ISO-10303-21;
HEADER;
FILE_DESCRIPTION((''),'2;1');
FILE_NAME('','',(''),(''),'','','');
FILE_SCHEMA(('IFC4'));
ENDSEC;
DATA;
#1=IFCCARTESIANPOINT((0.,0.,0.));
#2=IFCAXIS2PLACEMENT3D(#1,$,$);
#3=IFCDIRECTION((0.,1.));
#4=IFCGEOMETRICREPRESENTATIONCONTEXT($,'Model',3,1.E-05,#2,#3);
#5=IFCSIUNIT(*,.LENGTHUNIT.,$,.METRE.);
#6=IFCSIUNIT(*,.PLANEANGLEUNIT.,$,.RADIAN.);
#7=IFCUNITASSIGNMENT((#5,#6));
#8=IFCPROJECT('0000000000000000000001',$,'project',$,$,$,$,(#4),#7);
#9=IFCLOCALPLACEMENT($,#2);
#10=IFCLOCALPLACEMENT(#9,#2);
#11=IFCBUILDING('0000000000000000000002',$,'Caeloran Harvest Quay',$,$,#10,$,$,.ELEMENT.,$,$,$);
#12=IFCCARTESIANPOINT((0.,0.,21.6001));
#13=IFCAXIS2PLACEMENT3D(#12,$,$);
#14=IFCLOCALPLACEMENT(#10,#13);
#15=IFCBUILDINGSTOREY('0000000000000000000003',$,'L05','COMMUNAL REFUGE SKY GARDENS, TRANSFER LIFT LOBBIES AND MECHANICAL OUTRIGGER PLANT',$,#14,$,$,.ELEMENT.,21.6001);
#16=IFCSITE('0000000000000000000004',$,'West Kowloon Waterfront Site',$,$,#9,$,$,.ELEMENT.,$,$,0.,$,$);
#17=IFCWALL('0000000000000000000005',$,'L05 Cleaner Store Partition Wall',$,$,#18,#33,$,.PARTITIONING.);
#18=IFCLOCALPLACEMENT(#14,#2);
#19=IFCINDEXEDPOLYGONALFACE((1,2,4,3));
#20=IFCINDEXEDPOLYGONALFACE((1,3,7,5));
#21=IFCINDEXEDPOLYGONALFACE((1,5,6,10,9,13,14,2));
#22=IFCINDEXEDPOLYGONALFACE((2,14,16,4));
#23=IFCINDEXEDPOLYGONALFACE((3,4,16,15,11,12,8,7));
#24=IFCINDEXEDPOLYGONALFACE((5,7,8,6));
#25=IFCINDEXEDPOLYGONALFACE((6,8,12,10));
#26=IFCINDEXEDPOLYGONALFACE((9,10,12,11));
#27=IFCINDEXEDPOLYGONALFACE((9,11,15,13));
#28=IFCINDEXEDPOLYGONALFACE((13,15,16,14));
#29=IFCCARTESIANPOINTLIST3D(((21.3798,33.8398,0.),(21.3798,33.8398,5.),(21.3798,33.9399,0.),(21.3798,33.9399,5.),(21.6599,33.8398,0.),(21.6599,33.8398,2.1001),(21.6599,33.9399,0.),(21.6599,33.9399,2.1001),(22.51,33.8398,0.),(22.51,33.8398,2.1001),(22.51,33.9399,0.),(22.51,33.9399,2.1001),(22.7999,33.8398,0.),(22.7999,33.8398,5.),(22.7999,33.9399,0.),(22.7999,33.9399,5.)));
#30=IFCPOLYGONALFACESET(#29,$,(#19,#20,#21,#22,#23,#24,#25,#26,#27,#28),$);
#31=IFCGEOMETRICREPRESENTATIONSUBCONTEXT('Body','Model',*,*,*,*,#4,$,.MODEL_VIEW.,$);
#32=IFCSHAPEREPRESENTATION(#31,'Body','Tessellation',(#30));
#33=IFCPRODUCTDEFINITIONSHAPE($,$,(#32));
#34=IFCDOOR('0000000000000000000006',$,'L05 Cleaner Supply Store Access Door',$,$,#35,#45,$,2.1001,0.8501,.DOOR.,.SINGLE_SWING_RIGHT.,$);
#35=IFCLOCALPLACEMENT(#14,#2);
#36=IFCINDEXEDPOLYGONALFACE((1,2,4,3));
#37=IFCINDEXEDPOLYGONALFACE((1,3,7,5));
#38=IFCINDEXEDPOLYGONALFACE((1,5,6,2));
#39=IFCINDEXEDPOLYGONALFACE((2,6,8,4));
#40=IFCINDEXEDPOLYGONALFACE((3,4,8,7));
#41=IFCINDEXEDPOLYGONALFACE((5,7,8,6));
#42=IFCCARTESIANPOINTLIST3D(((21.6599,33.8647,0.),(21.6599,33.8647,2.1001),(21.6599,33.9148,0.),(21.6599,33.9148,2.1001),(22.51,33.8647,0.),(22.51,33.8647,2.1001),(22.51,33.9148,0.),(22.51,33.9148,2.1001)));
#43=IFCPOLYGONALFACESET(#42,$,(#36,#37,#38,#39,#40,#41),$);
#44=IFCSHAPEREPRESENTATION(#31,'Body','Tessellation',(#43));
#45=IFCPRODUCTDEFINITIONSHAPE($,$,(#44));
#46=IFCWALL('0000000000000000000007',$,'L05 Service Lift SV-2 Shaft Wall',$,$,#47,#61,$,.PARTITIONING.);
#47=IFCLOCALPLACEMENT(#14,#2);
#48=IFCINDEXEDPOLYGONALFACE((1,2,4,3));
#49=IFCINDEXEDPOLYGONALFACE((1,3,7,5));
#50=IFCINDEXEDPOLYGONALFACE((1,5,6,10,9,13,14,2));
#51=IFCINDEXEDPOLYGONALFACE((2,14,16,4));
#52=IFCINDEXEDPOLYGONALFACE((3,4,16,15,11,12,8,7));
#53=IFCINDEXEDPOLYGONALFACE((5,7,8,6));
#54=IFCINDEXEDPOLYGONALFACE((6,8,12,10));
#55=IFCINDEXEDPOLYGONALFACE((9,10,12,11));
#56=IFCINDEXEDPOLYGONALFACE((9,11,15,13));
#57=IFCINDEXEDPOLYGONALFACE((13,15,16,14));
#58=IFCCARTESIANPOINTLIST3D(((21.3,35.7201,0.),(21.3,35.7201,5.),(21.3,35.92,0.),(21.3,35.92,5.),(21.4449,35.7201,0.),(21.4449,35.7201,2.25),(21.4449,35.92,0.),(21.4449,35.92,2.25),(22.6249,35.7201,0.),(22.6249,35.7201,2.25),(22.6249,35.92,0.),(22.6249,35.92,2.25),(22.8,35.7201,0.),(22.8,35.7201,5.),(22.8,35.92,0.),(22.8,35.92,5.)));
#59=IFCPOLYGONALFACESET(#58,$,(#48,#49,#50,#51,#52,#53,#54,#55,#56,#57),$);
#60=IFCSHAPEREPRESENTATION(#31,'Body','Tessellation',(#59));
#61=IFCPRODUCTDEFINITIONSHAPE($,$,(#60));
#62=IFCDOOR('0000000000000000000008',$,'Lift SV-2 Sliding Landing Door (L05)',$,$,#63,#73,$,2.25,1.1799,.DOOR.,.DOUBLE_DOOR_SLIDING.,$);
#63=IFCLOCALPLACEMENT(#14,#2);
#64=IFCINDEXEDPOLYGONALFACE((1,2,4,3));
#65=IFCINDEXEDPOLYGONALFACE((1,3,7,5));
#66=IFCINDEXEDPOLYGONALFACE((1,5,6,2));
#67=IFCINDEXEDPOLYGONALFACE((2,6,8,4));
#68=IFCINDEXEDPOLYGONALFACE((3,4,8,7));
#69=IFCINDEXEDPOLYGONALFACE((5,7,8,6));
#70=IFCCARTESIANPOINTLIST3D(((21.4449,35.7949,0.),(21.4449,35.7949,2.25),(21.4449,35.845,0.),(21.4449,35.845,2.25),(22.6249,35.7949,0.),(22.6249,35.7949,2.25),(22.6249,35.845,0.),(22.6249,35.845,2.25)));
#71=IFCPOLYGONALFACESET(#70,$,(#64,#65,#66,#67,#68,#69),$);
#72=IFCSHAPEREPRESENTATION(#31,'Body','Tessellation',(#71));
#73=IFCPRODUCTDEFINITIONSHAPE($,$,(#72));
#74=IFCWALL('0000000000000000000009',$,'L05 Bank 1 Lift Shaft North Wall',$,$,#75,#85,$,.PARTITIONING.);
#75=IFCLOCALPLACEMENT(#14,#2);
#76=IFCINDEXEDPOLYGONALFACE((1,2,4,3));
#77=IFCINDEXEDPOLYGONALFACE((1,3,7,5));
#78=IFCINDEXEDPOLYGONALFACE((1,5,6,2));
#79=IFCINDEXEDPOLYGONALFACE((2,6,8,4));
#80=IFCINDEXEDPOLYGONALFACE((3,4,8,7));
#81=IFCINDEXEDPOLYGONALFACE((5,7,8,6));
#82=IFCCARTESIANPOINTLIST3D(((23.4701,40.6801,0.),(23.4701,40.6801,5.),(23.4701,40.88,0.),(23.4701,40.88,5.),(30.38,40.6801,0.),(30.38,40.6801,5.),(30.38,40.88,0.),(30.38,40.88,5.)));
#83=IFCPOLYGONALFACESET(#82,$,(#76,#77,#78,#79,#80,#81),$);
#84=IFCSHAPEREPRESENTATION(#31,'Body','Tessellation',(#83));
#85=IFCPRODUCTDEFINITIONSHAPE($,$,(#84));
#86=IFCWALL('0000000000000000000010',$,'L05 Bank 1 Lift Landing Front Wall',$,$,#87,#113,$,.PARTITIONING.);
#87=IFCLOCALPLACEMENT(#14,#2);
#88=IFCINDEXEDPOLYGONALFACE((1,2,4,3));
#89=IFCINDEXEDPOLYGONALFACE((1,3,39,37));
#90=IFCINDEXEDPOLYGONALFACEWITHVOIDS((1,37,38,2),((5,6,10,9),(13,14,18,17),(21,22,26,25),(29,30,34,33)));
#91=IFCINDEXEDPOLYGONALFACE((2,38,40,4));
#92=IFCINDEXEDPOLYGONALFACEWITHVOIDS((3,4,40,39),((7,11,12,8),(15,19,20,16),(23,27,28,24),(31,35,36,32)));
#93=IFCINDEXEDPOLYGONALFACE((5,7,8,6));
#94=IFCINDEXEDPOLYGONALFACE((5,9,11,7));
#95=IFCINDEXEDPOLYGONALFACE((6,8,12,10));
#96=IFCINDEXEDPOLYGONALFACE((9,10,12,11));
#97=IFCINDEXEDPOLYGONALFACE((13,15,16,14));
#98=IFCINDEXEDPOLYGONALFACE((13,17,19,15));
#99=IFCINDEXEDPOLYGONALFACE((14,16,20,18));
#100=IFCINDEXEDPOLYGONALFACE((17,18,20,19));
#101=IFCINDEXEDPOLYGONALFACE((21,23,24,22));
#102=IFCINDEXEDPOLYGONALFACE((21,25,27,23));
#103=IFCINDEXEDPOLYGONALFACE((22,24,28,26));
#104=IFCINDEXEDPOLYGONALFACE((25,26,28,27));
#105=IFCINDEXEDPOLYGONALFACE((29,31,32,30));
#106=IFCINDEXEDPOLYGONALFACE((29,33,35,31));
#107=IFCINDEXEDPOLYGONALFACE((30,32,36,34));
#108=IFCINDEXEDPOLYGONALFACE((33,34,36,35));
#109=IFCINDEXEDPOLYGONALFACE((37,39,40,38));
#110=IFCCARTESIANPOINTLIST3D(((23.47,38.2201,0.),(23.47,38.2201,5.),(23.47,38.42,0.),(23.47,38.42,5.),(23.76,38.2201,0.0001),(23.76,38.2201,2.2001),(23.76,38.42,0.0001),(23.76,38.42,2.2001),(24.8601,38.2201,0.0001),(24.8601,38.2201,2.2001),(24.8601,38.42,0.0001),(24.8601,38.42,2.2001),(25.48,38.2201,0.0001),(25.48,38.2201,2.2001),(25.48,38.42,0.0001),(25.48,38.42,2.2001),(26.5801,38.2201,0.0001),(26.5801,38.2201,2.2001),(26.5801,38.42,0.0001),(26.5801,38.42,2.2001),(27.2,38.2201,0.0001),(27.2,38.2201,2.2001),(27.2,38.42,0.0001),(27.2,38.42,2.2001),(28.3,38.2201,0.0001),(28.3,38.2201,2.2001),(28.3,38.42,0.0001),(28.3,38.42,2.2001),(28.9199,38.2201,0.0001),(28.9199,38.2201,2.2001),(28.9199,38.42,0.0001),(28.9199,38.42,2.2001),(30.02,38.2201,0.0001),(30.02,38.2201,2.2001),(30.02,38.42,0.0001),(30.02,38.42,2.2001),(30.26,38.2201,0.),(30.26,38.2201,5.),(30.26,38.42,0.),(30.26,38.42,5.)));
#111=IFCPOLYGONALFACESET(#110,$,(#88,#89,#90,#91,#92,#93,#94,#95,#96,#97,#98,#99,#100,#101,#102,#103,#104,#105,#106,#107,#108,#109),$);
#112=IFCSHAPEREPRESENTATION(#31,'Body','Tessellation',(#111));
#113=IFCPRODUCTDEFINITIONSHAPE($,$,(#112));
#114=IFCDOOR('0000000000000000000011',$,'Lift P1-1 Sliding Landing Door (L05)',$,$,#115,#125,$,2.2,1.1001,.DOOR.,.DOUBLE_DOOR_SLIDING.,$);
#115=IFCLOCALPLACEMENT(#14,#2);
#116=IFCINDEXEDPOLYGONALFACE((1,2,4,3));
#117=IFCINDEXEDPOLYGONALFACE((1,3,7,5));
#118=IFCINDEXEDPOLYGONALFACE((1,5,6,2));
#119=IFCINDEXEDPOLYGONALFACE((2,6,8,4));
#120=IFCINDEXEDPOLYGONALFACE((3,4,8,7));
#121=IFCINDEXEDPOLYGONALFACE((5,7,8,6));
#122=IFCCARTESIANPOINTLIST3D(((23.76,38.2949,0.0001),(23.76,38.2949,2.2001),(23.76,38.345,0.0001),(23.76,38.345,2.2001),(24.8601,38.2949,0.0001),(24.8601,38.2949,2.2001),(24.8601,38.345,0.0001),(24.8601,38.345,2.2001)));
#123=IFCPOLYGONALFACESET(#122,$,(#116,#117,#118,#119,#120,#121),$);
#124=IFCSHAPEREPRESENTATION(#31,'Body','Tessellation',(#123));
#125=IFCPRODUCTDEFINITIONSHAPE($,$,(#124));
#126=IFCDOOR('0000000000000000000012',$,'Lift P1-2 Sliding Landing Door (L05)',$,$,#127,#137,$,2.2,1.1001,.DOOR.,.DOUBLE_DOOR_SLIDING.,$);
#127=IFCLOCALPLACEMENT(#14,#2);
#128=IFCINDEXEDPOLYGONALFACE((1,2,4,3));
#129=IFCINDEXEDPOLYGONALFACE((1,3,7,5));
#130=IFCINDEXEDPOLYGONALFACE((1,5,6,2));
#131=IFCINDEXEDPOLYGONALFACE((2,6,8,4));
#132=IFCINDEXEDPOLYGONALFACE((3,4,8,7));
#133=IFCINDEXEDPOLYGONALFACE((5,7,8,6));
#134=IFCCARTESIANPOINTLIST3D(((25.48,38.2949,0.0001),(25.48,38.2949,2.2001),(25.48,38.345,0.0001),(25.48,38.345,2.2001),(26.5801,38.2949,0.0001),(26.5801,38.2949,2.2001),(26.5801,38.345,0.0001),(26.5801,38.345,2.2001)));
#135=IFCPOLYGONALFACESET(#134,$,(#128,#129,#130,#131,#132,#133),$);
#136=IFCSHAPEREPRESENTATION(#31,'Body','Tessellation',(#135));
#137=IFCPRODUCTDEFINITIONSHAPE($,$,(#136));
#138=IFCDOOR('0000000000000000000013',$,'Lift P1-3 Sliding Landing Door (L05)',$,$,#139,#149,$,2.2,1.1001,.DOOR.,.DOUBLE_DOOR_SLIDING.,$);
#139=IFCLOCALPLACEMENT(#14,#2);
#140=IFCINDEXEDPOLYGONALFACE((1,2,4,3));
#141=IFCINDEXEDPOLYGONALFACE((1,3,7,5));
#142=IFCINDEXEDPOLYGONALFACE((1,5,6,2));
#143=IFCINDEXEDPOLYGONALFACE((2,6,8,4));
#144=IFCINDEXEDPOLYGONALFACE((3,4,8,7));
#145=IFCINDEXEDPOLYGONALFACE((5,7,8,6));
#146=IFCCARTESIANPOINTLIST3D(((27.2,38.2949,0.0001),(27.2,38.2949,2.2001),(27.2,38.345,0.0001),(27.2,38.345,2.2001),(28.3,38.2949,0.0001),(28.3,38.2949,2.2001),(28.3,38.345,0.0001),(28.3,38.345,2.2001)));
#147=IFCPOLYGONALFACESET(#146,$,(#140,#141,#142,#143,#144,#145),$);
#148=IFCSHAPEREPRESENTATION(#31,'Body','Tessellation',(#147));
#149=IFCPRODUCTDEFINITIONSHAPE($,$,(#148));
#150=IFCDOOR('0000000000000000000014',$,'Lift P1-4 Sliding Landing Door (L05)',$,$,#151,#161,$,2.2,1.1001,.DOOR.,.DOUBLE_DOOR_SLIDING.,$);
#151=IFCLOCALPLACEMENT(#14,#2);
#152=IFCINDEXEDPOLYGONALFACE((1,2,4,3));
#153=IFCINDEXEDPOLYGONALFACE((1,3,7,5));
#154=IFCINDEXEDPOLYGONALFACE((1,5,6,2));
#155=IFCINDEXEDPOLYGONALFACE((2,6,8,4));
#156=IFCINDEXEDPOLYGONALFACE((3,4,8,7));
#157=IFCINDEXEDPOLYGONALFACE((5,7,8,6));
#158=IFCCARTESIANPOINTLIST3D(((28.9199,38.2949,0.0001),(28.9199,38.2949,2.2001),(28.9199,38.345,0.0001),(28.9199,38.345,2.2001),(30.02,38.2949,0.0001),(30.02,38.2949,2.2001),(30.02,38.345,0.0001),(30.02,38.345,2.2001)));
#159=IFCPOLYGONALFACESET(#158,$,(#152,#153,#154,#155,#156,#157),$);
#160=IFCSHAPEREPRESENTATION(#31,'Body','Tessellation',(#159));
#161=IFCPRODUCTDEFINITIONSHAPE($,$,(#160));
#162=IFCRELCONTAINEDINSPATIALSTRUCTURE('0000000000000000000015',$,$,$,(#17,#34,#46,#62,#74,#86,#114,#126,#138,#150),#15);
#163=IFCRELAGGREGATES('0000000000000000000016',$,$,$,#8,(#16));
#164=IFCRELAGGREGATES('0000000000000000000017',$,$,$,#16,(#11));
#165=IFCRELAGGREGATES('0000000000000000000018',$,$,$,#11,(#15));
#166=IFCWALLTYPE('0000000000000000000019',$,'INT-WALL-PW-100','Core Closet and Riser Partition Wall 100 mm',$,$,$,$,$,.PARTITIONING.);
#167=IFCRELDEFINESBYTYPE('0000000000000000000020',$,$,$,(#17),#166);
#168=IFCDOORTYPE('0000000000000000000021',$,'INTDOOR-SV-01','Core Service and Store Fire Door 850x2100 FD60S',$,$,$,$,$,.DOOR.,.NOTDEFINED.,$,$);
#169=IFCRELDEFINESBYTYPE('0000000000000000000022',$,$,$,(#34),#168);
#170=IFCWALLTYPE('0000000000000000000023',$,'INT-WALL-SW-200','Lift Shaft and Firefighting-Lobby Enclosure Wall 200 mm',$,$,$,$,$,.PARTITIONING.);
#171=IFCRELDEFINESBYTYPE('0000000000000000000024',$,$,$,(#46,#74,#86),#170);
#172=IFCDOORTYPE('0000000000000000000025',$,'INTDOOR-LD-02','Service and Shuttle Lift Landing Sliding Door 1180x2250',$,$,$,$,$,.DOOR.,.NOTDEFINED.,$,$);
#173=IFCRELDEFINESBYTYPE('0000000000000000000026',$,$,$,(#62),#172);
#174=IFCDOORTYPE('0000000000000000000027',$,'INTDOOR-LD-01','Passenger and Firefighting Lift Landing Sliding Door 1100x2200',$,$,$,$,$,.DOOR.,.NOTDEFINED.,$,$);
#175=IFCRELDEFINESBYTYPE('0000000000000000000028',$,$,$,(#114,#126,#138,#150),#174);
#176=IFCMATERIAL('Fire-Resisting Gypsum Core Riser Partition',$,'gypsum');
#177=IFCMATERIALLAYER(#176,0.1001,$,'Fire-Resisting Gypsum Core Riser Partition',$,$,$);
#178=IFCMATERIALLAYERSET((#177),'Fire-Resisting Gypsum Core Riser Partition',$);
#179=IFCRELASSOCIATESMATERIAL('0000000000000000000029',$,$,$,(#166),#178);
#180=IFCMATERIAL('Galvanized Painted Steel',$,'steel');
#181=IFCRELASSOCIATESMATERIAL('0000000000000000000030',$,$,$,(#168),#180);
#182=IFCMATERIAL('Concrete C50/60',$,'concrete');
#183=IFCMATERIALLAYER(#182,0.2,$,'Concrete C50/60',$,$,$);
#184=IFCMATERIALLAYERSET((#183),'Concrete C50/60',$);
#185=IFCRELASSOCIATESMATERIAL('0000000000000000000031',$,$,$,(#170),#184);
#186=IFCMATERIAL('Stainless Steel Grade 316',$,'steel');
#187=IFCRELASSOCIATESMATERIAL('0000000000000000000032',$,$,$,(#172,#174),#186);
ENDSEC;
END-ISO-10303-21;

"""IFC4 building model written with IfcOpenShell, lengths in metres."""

from ifc_helpers import new_model, si_unit, direction, frame, frame_2d, origin, place, context, subcontext, project, spatial, rectangle, extrude, material, layer, layer_set, type_object, element, fill, save


model = new_model("IFC4")

# Units and contexts
model_context = context("Model", 3, precision=1e-05, world=origin(), true_north=direction((0.0, 1.0)))
body_context = subcontext(model_context, "Body", "Model", "MODEL_VIEW")
ifc_project = project(units=[si_unit("LENGTHUNIT", "METRE"), si_unit("PLANEANGLEUNIT", "RADIAN")], contexts=[model_context])

# Site, building, storey
site_placement = place(None, origin())
site = spatial("IfcSite", under=ifc_project, at=site_placement, Name="West Kowloon Waterfront Site", CompositionType="ELEMENT", RefElevation=0.0)
building_placement = place(site_placement, origin())
building = spatial("IfcBuilding", under=site, at=building_placement, Name="Caeloran Harvest Quay", CompositionType="ELEMENT")
storey_placement = place(building_placement, frame((0.0, 0.0, 21.6001)))
storey = spatial("IfcBuildingStorey", under=building, at=storey_placement, Name="L05", Description="COMMUNAL REFUGE SKY GARDENS, TRANSFER LIFT LOBBIES AND MECHANICAL OUTRIGGER PLANT", CompositionType="ELEMENT", Elevation=21.6001)

# Walls, openings, doors
ifc_material_1 = material(Name="Fire-Resisting Gypsum Core Riser Partition", Category="gypsum")
ifc_layer_1 = layer(ifc_material_1, 0.1001, Name="Fire-Resisting Gypsum Core Riser Partition")
ifc_layer_set_1 = layer_set([ifc_layer_1], Name="Fire-Resisting Gypsum Core Riser Partition")
wall_type_1 = type_object("IfcWallType", Name="INT-WALL-PW-100", Description="Core Closet and Riser Partition Wall 100 mm", PredefinedType="PARTITIONING", material=ifc_layer_set_1)
wall_1_placement = place(storey_placement, frame((21.3799, 33.8899, 0.0), z_axis=(0.0, 0.0, 1.0), x_axis=(1.0, 0.0, 0.0)))
wall_1 = element("IfcWall", 1, at=wall_1_placement, inside=storey, type_object=wall_type_1, Name="L05 Cleaner Store Partition Wall", PredefinedType="PARTITIONING", context=body_context, shape_type="SweptSolid", body=[
    extrude(rectangle(XDim=1.4202, YDim=0.1001, at=frame_2d((0.71, 0.0))), origin(), (0.0, 0.0, 1.0), 5.0),
])
opening_1_placement = place(wall_1_placement, frame((0.28, 0.0, 0.0)))
opening_1 = element("IfcOpeningElement", 2, at=opening_1_placement, cuts=wall_1, PredefinedType="OPENING", context=body_context, shape_type="SweptSolid", body=[
    extrude(rectangle(XDim=0.8501, YDim=2.1001, at=frame_2d((0.425, 1.05))), frame((0.0, 0.0601, 0.0), z_axis=(0.0, -1.0, 0.0), x_axis=(1.0, 0.0, 0.0)), (0.0, 0.0, 1.0), 0.1201),
])
ifc_material_2 = material(Name="Galvanized Painted Steel", Category="steel")
door_type_1 = type_object("IfcDoorType", Name="INTDOOR-SV-01", Description="Core Service and Store Fire Door 850x2100 FD60S", OperationType="NOTDEFINED", PredefinedType="DOOR", material=ifc_material_2)
door_1_placement = place(opening_1_placement, origin())
door_1 = element("IfcDoor", 3, at=door_1_placement, inside=storey, type_object=door_type_1, Name="L05 Cleaner Supply Store Access Door", OperationType="SINGLE_SWING_RIGHT", OverallHeight=2.1001, OverallWidth=0.8501, PredefinedType="DOOR", context=body_context, shape_type="SweptSolid", body=[
    extrude(rectangle(XDim=0.8501, YDim=2.1001, at=frame_2d((0.425, 1.05))), frame((0.0, 0.0249, 0.0), z_axis=(0.0, -1.0, 0.0), x_axis=(1.0, 0.0, 0.0)), (0.0, 0.0, 1.0), 0.05),
])
fill(opening_1, door_1)
ifc_material_3 = material(Name="Concrete C50/60", Category="concrete")
ifc_layer_2 = layer(ifc_material_3, 0.2, Name="Concrete C50/60")
ifc_layer_set_2 = layer_set([ifc_layer_2], Name="Concrete C50/60")
wall_type_2 = type_object("IfcWallType", Name="INT-WALL-SW-200", Description="Lift Shaft and Firefighting-Lobby Enclosure Wall 200 mm", PredefinedType="PARTITIONING", material=ifc_layer_set_2)
wall_2_placement = place(storey_placement, frame((21.3, 35.8201, 0.0), z_axis=(0.0, 0.0, 1.0), x_axis=(1.0, 0.0, 0.0)))
wall_2 = element("IfcWall", 4, at=wall_2_placement, inside=storey, type_object=wall_type_2, Name="L05 Service Lift SV-2 Shaft Wall", PredefinedType="PARTITIONING", context=body_context, shape_type="SweptSolid", body=[
    extrude(rectangle(XDim=1.5, YDim=0.2, at=frame_2d((0.75, 0.0))), origin(), (0.0, 0.0, 1.0), 5.0),
])
opening_2_placement = place(wall_2_placement, frame((0.145, 0.0, 0.0)))
opening_2 = element("IfcOpeningElement", 5, at=opening_2_placement, cuts=wall_2, PredefinedType="OPENING", context=body_context, shape_type="SweptSolid", body=[
    extrude(rectangle(XDim=1.1799, YDim=2.25, at=frame_2d((0.5898, 1.125))), frame((0.0, 0.1099, 0.0), z_axis=(0.0, -1.0, 0.0), x_axis=(1.0, 0.0, 0.0)), (0.0, 0.0, 1.0), 0.22),
])
ifc_material_4 = material(Name="Stainless Steel Grade 316", Category="steel")
door_type_2 = type_object("IfcDoorType", Name="INTDOOR-LD-02", Description="Service and Shuttle Lift Landing Sliding Door 1180x2250", OperationType="NOTDEFINED", PredefinedType="DOOR", material=ifc_material_4)
door_2_placement = place(opening_2_placement, origin())
door_2 = element("IfcDoor", 6, at=door_2_placement, inside=storey, type_object=door_type_2, Name="Lift SV-2 Sliding Landing Door (L05)", OperationType="DOUBLE_DOOR_SLIDING", OverallHeight=2.25, OverallWidth=1.1799, PredefinedType="DOOR", context=body_context, shape_type="SweptSolid", body=[
    extrude(rectangle(XDim=1.1799, YDim=2.25, at=frame_2d((0.5898, 1.125))), frame((0.0, 0.0249, 0.0), z_axis=(0.0, -1.0, 0.0), x_axis=(1.0, 0.0, 0.0)), (0.0, 0.0, 1.0), 0.05),
])
fill(opening_2, door_2)

# Wall
wall_3_placement = place(storey_placement, frame((23.47, 40.78, 0.0), z_axis=(0.0, 0.0, 1.0), x_axis=(1.0, 0.0, 0.0)))
element("IfcWall", 7, at=wall_3_placement, inside=storey, type_object=wall_type_2, Name="L05 Bank 1 Lift Shaft North Wall", PredefinedType="PARTITIONING", context=body_context, shape_type="SweptSolid", body=[
    extrude(rectangle(XDim=6.9099, YDim=0.2, at=frame_2d((3.4551, 0.0))), origin(), (0.0, 0.0, 1.0), 5.0),
])

# Wall, openings, doors
wall_4_placement = place(storey_placement, frame((23.47, 38.3201, 0.0), z_axis=(0.0, 0.0, 1.0), x_axis=(1.0, 0.0, 0.0)))
wall_4 = element("IfcWall", 8, at=wall_4_placement, inside=storey, type_object=wall_type_2, Name="L05 Bank 1 Lift Landing Front Wall", PredefinedType="PARTITIONING", context=body_context, shape_type="SweptSolid", body=[
    extrude(rectangle(XDim=6.79, YDim=0.2, at=frame_2d((3.395, 0.0))), origin(), (0.0, 0.0, 1.0), 5.0),
])
opening_3_placement = place(wall_4_placement, frame((0.29, 0.0, 0.0)))
opening_3 = element("IfcOpeningElement", 9, at=opening_3_placement, cuts=wall_4, PredefinedType="OPENING", context=body_context, shape_type="SweptSolid", body=[
    extrude(rectangle(XDim=1.1001, YDim=2.2, at=frame_2d((0.55, 1.1001))), frame((0.0, 0.1099, 0.0), z_axis=(0.0, -1.0, 0.0), x_axis=(1.0, 0.0, 0.0)), (0.0, 0.0, 1.0), 0.22),
])
opening_4_placement = place(wall_4_placement, frame((2.01, 0.0, 0.0)))
opening_4 = element("IfcOpeningElement", 10, at=opening_4_placement, cuts=wall_4, PredefinedType="OPENING", context=body_context, shape_type="SweptSolid", body=[
    extrude(rectangle(XDim=1.1001, YDim=2.2, at=frame_2d((0.55, 1.1001))), frame((0.0, 0.1099, 0.0), z_axis=(0.0, -1.0, 0.0), x_axis=(1.0, 0.0, 0.0)), (0.0, 0.0, 1.0), 0.22),
])
opening_5_placement = place(wall_4_placement, frame((3.73, 0.0, 0.0)))
opening_5 = element("IfcOpeningElement", 11, at=opening_5_placement, cuts=wall_4, PredefinedType="OPENING", context=body_context, shape_type="SweptSolid", body=[
    extrude(rectangle(XDim=1.1001, YDim=2.2, at=frame_2d((0.55, 1.1001))), frame((0.0, 0.1099, 0.0), z_axis=(0.0, -1.0, 0.0), x_axis=(1.0, 0.0, 0.0)), (0.0, 0.0, 1.0), 0.22),
])
opening_6_placement = place(wall_4_placement, frame((5.45, 0.0, 0.0)))
opening_6 = element("IfcOpeningElement", 12, at=opening_6_placement, cuts=wall_4, PredefinedType="OPENING", context=body_context, shape_type="SweptSolid", body=[
    extrude(rectangle(XDim=1.1001, YDim=2.2, at=frame_2d((0.55, 1.1001))), frame((0.0, 0.1099, 0.0), z_axis=(0.0, -1.0, 0.0), x_axis=(1.0, 0.0, 0.0)), (0.0, 0.0, 1.0), 0.22),
])
door_type_3 = type_object("IfcDoorType", Name="INTDOOR-LD-01", Description="Passenger and Firefighting Lift Landing Sliding Door 1100x2200", OperationType="NOTDEFINED", PredefinedType="DOOR", material=ifc_material_4)
door_3_placement = place(opening_3_placement, origin())
door_3 = element("IfcDoor", 13, at=door_3_placement, inside=storey, type_object=door_type_3, Name="Lift P1-1 Sliding Landing Door (L05)", OperationType="DOUBLE_DOOR_SLIDING", OverallHeight=2.2, OverallWidth=1.1001, PredefinedType="DOOR", context=body_context, shape_type="SweptSolid", body=[
    extrude(rectangle(XDim=1.1001, YDim=2.2, at=frame_2d((0.55, 1.1001))), frame((0.0, 0.0249, 0.0), z_axis=(0.0, -1.0, 0.0), x_axis=(1.0, 0.0, 0.0)), (0.0, 0.0, 1.0), 0.05),
])
fill(opening_3, door_3)
door_4_placement = place(opening_4_placement, origin())
door_4 = element("IfcDoor", 14, at=door_4_placement, inside=storey, type_object=door_type_3, Name="Lift P1-2 Sliding Landing Door (L05)", OperationType="DOUBLE_DOOR_SLIDING", OverallHeight=2.2, OverallWidth=1.1001, PredefinedType="DOOR", context=body_context, shape_type="SweptSolid", body=[
    extrude(rectangle(XDim=1.1001, YDim=2.2, at=frame_2d((0.55, 1.1001))), frame((0.0, 0.0249, 0.0), z_axis=(0.0, -1.0, 0.0), x_axis=(1.0, 0.0, 0.0)), (0.0, 0.0, 1.0), 0.05),
])
fill(opening_4, door_4)
door_5_placement = place(opening_5_placement, origin())
door_5 = element("IfcDoor", 15, at=door_5_placement, inside=storey, type_object=door_type_3, Name="Lift P1-3 Sliding Landing Door (L05)", OperationType="DOUBLE_DOOR_SLIDING", OverallHeight=2.2, OverallWidth=1.1001, PredefinedType="DOOR", context=body_context, shape_type="SweptSolid", body=[
    extrude(rectangle(XDim=1.1001, YDim=2.2, at=frame_2d((0.55, 1.1001))), frame((0.0, 0.0249, 0.0), z_axis=(0.0, -1.0, 0.0), x_axis=(1.0, 0.0, 0.0)), (0.0, 0.0, 1.0), 0.05),
])
fill(opening_5, door_5)
door_6_placement = place(opening_6_placement, origin())
door_6 = element("IfcDoor", 16, at=door_6_placement, inside=storey, type_object=door_type_3, Name="Lift P1-4 Sliding Landing Door (L05)", OperationType="DOUBLE_DOOR_SLIDING", OverallHeight=2.2, OverallWidth=1.1001, PredefinedType="DOOR", context=body_context, shape_type="SweptSolid", body=[
    extrude(rectangle(XDim=1.1001, YDim=2.2, at=frame_2d((0.55, 1.1001))), frame((0.0, 0.0249, 0.0), z_axis=(0.0, -1.0, 0.0), x_axis=(1.0, 0.0, 0.0)), (0.0, 0.0, 1.0), 0.05),
])
fill(opening_6, door_6)

save(model, "model.ifc")
